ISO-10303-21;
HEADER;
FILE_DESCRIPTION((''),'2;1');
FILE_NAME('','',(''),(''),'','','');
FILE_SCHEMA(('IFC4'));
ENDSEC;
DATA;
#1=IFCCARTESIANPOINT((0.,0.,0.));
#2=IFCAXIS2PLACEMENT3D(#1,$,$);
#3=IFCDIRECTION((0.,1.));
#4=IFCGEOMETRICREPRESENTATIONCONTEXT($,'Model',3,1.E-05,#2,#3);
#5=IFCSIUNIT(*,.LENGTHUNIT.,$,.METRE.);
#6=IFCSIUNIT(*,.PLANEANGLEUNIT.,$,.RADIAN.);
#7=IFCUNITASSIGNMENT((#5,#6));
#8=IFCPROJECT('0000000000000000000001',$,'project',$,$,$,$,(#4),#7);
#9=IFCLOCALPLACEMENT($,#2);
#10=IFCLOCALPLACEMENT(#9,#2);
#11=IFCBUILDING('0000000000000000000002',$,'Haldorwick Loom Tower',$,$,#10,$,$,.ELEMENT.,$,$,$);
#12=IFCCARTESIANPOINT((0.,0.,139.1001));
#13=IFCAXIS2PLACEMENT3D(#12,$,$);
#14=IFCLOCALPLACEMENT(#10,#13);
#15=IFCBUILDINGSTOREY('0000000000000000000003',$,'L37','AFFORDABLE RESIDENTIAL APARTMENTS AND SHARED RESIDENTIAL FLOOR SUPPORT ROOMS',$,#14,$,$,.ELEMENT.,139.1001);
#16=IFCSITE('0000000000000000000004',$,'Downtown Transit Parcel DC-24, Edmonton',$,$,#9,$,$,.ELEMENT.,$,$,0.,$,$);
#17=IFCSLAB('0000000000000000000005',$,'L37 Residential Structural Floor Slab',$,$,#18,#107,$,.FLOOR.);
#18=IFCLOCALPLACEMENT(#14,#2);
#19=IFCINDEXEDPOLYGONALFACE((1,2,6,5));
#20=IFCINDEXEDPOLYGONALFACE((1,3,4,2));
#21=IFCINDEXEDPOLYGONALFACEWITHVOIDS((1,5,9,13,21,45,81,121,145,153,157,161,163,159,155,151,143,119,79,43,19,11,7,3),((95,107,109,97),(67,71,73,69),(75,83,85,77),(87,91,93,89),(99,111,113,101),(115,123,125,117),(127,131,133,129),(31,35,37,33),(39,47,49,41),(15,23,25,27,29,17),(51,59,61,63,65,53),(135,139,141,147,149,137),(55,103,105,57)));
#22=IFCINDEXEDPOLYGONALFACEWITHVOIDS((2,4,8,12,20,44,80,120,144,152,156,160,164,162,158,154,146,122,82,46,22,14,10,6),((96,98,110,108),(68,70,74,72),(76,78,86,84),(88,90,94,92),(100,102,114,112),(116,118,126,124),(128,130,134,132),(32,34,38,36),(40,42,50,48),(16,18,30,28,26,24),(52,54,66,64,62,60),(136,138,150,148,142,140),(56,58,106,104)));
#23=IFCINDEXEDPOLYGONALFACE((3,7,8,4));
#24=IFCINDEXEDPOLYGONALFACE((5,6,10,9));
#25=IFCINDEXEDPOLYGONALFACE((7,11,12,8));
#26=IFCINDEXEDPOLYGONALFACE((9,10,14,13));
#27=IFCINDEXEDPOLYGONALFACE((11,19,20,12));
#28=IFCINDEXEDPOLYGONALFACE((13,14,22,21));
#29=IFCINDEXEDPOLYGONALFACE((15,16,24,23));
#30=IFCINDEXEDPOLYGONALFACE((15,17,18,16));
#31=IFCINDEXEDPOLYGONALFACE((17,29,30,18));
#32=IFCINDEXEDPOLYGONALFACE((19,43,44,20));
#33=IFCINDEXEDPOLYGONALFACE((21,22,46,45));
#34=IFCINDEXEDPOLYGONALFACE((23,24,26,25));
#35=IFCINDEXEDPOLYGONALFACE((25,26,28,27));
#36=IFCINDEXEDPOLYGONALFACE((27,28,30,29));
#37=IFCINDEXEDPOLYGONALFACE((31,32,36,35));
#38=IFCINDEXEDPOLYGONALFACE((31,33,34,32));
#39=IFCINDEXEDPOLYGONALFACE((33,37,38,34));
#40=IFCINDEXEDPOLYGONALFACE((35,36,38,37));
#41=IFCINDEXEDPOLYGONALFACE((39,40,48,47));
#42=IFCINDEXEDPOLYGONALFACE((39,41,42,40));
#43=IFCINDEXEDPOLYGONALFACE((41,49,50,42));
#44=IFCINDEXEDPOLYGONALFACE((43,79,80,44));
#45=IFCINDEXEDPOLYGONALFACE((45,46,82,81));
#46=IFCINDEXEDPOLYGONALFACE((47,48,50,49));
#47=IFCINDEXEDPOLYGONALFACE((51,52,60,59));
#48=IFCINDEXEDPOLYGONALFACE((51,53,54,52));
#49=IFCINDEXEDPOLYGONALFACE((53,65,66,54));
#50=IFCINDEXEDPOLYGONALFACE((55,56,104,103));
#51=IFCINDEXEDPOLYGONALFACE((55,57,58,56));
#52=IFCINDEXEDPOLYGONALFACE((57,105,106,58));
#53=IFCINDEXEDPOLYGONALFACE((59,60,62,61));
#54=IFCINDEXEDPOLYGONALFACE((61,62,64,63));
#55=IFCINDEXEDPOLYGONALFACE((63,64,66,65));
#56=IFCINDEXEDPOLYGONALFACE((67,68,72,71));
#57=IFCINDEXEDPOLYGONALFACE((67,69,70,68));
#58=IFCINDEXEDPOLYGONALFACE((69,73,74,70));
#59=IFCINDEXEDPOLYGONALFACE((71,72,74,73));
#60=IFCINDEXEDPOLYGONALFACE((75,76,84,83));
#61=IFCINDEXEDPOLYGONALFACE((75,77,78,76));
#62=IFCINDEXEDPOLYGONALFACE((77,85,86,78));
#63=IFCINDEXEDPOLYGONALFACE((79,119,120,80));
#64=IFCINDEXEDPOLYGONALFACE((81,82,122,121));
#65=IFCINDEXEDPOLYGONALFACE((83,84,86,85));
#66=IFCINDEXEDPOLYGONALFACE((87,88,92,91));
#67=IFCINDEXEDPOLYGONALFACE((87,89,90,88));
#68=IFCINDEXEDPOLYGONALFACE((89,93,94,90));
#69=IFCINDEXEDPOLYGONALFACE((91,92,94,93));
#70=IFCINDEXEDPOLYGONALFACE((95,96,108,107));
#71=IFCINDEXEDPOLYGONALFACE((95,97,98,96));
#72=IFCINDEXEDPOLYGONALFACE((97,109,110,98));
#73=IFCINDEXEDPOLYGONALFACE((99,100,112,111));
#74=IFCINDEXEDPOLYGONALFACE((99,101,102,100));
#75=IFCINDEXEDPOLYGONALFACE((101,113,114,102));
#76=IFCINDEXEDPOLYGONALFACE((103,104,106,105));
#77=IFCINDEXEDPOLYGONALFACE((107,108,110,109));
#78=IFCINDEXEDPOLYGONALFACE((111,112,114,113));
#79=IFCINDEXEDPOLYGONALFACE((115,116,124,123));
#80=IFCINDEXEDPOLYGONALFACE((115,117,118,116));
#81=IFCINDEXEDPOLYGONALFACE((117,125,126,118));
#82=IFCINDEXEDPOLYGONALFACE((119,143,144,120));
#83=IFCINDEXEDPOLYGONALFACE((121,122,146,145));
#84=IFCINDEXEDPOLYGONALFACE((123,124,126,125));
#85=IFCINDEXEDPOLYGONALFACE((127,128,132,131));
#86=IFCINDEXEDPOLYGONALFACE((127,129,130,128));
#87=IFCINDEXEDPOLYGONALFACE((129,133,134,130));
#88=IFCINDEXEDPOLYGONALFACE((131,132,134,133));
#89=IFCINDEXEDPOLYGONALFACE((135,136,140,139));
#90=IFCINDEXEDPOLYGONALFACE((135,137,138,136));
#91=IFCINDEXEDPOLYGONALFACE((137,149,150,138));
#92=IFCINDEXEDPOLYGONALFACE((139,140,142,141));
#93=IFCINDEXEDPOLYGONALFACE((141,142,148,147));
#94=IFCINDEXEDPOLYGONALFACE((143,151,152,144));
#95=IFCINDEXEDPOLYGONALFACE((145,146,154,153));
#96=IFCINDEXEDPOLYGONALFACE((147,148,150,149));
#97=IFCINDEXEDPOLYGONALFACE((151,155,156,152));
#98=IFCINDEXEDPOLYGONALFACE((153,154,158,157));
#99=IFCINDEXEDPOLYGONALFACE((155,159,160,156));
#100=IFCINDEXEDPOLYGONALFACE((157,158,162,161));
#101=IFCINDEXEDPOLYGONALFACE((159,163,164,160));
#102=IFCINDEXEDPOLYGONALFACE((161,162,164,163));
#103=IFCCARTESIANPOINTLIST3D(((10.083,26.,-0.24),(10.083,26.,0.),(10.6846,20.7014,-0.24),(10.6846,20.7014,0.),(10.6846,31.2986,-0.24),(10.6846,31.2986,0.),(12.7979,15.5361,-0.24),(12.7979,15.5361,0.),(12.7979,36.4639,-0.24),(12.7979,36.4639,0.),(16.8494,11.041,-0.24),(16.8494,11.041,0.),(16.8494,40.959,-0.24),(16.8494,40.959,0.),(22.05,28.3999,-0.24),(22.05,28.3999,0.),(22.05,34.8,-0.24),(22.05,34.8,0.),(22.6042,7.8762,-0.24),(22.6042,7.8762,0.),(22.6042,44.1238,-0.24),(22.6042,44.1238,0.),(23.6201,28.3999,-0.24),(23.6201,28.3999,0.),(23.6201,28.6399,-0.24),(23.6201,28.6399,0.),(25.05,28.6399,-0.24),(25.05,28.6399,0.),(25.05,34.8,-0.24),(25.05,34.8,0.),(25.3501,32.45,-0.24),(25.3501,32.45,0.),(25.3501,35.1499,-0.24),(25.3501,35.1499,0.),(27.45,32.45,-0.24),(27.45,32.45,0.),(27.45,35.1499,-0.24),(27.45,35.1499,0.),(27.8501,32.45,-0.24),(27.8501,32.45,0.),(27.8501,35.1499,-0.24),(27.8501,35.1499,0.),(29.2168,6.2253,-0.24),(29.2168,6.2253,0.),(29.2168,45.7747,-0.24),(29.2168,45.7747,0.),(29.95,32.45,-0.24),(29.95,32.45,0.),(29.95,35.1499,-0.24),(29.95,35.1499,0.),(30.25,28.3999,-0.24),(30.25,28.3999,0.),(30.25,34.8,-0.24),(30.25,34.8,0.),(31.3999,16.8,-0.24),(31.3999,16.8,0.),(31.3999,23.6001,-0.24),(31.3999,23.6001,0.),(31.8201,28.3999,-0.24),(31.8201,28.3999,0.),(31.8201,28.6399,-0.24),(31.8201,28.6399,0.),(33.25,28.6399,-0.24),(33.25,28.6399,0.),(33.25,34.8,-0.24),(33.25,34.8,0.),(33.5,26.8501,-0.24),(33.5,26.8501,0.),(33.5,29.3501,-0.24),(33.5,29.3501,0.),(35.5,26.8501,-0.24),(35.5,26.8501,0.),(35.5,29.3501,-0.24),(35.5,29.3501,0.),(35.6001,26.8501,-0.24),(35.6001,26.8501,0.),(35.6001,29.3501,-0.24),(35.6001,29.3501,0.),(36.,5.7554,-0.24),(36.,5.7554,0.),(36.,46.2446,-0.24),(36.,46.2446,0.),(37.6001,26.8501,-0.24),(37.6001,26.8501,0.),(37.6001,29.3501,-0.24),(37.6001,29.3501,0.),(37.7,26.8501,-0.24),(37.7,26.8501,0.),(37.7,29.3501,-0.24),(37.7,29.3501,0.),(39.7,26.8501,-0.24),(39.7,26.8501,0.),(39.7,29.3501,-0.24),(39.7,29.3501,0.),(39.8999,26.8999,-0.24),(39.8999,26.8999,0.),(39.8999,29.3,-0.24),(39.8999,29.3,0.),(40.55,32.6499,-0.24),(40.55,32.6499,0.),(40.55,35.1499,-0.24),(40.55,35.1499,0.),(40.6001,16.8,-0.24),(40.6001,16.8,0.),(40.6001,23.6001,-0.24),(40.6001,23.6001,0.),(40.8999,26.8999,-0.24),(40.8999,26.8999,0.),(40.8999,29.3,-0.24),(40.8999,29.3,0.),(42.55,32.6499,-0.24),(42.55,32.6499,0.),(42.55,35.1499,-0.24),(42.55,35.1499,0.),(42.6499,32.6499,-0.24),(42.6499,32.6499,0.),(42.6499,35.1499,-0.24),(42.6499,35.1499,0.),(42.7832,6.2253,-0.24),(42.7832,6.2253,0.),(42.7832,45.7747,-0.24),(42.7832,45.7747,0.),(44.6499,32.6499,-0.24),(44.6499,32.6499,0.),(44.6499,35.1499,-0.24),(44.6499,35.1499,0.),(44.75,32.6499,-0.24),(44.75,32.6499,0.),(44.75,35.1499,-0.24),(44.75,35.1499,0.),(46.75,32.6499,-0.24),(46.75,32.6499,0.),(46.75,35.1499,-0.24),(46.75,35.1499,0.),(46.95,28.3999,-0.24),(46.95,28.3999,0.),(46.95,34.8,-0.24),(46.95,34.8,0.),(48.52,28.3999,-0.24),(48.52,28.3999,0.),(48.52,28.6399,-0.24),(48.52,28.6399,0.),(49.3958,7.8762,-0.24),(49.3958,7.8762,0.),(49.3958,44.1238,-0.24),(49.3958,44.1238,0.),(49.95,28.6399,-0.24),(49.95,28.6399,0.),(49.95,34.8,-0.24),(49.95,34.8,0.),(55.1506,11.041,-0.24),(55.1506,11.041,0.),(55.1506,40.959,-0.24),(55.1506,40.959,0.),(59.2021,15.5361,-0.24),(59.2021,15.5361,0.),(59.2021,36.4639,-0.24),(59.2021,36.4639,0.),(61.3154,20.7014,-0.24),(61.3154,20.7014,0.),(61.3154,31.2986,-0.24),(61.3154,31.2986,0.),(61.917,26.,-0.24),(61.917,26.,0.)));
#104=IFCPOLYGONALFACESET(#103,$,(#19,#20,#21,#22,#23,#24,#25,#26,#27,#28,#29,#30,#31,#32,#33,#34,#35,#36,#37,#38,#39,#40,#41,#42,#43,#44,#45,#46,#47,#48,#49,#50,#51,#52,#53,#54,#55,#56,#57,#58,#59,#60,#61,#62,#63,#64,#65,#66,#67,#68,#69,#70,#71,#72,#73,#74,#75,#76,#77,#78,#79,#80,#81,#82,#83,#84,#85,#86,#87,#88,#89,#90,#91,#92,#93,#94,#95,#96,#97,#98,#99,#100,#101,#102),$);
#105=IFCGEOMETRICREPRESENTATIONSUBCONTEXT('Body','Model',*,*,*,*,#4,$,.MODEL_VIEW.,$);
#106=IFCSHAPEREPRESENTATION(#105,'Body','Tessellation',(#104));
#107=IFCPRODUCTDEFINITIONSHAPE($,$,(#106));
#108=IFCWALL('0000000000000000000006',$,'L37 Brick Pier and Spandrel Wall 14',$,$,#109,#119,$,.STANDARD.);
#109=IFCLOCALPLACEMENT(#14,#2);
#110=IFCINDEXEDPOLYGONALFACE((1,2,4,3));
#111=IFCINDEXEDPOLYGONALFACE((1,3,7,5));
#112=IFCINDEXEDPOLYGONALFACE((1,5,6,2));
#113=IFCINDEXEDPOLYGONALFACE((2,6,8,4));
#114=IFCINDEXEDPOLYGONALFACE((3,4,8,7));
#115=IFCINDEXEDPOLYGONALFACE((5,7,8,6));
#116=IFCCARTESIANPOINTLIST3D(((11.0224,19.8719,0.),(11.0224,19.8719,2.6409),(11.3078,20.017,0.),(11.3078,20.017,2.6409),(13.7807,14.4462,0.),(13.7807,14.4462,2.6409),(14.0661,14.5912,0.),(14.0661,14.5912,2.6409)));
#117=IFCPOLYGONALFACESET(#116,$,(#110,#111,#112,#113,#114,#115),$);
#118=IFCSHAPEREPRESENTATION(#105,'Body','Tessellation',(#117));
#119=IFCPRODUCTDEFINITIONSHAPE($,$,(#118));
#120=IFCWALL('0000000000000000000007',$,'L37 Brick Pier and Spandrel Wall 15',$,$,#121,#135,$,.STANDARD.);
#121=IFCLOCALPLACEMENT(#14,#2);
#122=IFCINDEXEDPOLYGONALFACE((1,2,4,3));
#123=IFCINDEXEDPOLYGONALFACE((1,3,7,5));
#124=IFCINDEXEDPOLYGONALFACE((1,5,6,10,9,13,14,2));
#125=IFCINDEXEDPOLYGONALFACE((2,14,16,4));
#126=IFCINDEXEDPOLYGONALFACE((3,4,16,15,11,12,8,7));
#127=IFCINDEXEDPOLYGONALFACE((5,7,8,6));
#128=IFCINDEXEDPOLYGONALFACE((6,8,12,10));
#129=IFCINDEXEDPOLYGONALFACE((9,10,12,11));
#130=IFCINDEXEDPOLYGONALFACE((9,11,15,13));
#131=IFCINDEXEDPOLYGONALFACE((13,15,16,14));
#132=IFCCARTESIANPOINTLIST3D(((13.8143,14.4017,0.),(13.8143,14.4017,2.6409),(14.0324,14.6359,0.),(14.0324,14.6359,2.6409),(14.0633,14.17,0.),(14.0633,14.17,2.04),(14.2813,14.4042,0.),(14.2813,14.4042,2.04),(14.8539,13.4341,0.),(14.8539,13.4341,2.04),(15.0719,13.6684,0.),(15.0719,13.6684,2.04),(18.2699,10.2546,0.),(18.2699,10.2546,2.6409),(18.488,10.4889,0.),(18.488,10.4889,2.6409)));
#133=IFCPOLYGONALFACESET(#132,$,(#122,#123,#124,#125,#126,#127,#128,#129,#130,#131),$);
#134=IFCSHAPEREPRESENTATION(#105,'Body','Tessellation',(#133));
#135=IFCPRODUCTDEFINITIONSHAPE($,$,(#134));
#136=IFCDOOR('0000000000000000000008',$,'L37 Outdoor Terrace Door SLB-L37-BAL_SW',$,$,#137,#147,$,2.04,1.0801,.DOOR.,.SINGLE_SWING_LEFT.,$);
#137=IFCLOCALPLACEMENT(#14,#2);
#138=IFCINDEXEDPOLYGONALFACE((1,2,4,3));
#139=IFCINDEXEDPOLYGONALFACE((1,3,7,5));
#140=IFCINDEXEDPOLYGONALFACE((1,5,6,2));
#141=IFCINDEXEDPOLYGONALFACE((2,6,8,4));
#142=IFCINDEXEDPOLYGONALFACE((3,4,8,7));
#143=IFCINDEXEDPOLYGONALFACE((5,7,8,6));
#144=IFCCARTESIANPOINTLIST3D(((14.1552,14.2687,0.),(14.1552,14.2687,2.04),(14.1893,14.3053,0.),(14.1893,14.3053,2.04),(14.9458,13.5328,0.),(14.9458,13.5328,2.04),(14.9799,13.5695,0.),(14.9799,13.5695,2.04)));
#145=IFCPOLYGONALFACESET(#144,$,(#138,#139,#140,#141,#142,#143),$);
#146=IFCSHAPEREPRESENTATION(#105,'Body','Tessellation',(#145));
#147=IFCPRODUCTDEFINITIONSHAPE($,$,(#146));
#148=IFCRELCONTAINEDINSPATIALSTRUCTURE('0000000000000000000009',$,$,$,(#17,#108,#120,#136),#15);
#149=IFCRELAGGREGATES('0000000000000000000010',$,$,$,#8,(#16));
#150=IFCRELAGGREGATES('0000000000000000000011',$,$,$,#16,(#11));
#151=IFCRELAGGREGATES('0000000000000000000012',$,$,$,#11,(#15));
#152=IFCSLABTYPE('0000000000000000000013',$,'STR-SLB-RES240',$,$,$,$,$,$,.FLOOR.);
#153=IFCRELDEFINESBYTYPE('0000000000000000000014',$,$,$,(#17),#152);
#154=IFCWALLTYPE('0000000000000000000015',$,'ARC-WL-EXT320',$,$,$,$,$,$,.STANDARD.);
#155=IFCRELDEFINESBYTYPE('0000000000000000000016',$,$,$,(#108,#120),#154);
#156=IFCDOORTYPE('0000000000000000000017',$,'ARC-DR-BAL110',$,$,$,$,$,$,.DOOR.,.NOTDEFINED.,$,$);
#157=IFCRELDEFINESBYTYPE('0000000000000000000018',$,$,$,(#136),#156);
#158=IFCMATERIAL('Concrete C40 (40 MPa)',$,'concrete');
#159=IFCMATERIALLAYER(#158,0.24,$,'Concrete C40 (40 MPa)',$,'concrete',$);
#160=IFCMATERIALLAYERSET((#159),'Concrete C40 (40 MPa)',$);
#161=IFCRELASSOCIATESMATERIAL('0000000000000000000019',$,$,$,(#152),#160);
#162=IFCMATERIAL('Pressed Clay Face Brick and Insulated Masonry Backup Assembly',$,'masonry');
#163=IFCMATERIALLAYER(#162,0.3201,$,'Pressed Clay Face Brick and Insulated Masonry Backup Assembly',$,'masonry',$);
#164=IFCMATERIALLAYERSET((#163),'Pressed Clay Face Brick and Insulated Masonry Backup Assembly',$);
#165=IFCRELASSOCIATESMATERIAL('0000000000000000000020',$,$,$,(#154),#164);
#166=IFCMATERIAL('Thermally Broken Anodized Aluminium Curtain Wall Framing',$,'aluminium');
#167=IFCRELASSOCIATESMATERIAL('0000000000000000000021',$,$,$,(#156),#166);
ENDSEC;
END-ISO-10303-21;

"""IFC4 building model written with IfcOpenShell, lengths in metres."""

from ifc_helpers import new_model, si_unit, direction, frame, frame_2d, origin, place, context, subcontext, project, spatial, polyline, rectangle, outline, extrude, material, layer, layer_set, type_object, element, fill, save


model = new_model("IFC4")

# Units and contexts
model_context = context("Model", 3, precision=1e-05, world=origin(), true_north=direction((0.0, 1.0)))
body_context = subcontext(model_context, "Body", "Model", "MODEL_VIEW")
ifc_project = project(units=[si_unit("LENGTHUNIT", "METRE"), si_unit("PLANEANGLEUNIT", "RADIAN")], contexts=[model_context])

# Site, building, storey
site_placement = place(None, origin())
site = spatial("IfcSite", under=ifc_project, at=site_placement, Name="Downtown Transit Parcel DC-24, Edmonton", CompositionType="ELEMENT", RefElevation=0.0)
building_placement = place(site_placement, origin())
building = spatial("IfcBuilding", under=site, at=building_placement, Name="Haldorwick Loom Tower", CompositionType="ELEMENT")
storey_placement = place(building_placement, frame((0.0, 0.0, 139.1001)))
storey = spatial("IfcBuildingStorey", under=building, at=storey_placement, Name="L37", Description="AFFORDABLE RESIDENTIAL APARTMENTS AND SHARED RESIDENTIAL FLOOR SUPPORT ROOMS", CompositionType="ELEMENT", Elevation=139.1001)

# Shared definitions
ifc_material_1 = material(Name="Concrete C40 (40 MPa)", Category="concrete")

# Slab
ifc_layer_1 = layer(ifc_material_1, 0.24, Name="Concrete C40 (40 MPa)", Category="concrete")
ifc_layer_set_1 = layer_set([ifc_layer_1], Name="Concrete C40 (40 MPa)")
slab_type_1 = type_object("IfcSlabType", Name="STR-SLB-RES240", PredefinedType="FLOOR", material=ifc_layer_set_1)
slab_1_placement = place(storey_placement, frame((0.0, 0.0, -0.24)))
element("IfcSlab", 1, at=slab_1_placement, inside=storey, type_object=slab_type_1, Name="L37 Residential Structural Floor Slab", PredefinedType="FLOOR", context=body_context, shape_type="SweptSolid", body=[
    extrude(outline(polyline([(55.1506, 11.041), (59.2021, 15.5361), (61.3154, 20.7014), (61.917, 26.0), (61.3154, 31.2986), (59.2021, 36.4639), (55.1506, 40.959), (49.3958, 44.1238), (42.7832, 45.7747), (36.0, 46.2446), (29.2168, 45.7747), (22.6042, 44.1238), (16.8494, 40.959), (12.7979, 36.4639), (10.6846, 31.2986), (10.083, 26.0), (10.6846, 20.7014), (12.7979, 15.5361), (16.8494, 11.041), (22.6042, 7.8762), (29.2168, 6.2253), (36.0, 5.7554), (42.7832, 6.2253), (49.3958, 7.8762), (55.1506, 11.041)]), holes=[polyline([(31.3999, 16.8), (31.3999, 23.6001), (40.6001, 23.6001), (40.6001, 16.8), (31.3999, 16.8)]), polyline([(33.5, 26.8501), (33.5, 29.3501), (35.5, 29.3501), (35.5, 26.8501), (33.5, 26.8501)]), polyline([(35.6001, 26.8501), (35.6001, 29.3501), (37.6001, 29.3501), (37.6001, 26.8501), (35.6001, 26.8501)]), polyline([(23.6201, 28.3999), (22.05, 28.3999), (22.05, 34.8), (25.05, 34.8), (25.05, 28.6399), (23.6201, 28.6399), (23.6201, 28.3999)]), polyline([(30.25, 28.3999), (30.25, 34.8), (33.25, 34.8), (33.25, 28.6399), (31.8201, 28.6399), (31.8201, 28.3999), (30.25, 28.3999)]), polyline([(25.3501, 32.45), (25.3501, 35.1499), (27.45, 35.1499), (27.45, 32.45), (25.3501, 32.45)]), polyline([(29.95, 32.45), (27.8501, 32.45), (27.8501, 35.1499), (29.95, 35.1499), (29.95, 32.45)]), polyline([(37.7, 26.8501), (37.7, 29.3501), (39.7, 29.3501), (39.7, 26.8501), (37.7, 26.8501)]), polyline([(39.8999, 26.8999), (39.8999, 29.3), (40.8999, 29.3), (40.8999, 26.8999), (39.8999, 26.8999)]), polyline([(46.95, 28.3999), (46.95, 34.8), (49.95, 34.8), (49.95, 28.6399), (48.52, 28.6399), (48.52, 28.3999), (46.95, 28.3999)]), polyline([(40.55, 32.6499), (40.55, 35.1499), (42.55, 35.1499), (42.55, 32.6499), (40.55, 32.6499)]), polyline([(42.6499, 32.6499), (42.6499, 35.1499), (44.6499, 35.1499), (44.6499, 32.6499), (42.6499, 32.6499)]), polyline([(44.75, 32.6499), (44.75, 35.1499), (46.75, 35.1499), (46.75, 32.6499), (44.75, 32.6499)])]), origin(), (0.0, 0.0, 1.0), 0.24),
])

# Wall
ifc_material_2 = material(Name="Pressed Clay Face Brick and Insulated Masonry Backup Assembly", Category="masonry")
ifc_layer_2 = layer(ifc_material_2, 0.3201, Name="Pressed Clay Face Brick and Insulated Masonry Backup Assembly", Category="masonry")
ifc_layer_set_2 = layer_set([ifc_layer_2], Name="Pressed Clay Face Brick and Insulated Masonry Backup Assembly")
wall_type_1 = type_object("IfcWallType", Name="ARC-WL-EXT320", PredefinedType="STANDARD", material=ifc_layer_set_2)
wall_1_placement = place(storey_placement, frame((11.165, 19.9446, 0.0), z_axis=(0.0, 0.0, 1.0), x_axis=(0.453172, -0.891423, 0.0)))
element("IfcWall", 2, at=wall_1_placement, inside=storey, type_object=wall_type_1, Name="L37 Brick Pier and Spandrel Wall 14", PredefinedType="STANDARD", context=body_context, shape_type="SweptSolid", body=[
    extrude(rectangle(XDim=6.0867, YDim=0.3201, at=frame_2d((3.0435, 0.0))), origin(), (0.0, 0.0, 1.0), 2.6409),
])

# Wall, opening, door
wall_2_placement = place(storey_placement, frame((13.9233, 14.5188, 0.0), z_axis=(0.0, 0.0, 1.0), x_axis=(0.732002, -0.681303, 0.0)))
wall_2 = element("IfcWall", 3, at=wall_2_placement, inside=storey, type_object=wall_type_1, Name="L37 Brick Pier and Spandrel Wall 15", PredefinedType="STANDARD", context=body_context, shape_type="SweptSolid", body=[
    extrude(rectangle(XDim=6.0869, YDim=0.3201, at=frame_2d((3.0435, 0.0))), origin(), (0.0, 0.0, 1.0), 2.6409),
])
opening_1_placement = place(wall_2_placement, frame((0.3401, 0.0, 0.0)))
opening_1 = element("IfcOpeningElement", 4, at=opening_1_placement, cuts=wall_2, PredefinedType="OPENING", context=body_context, shape_type="SweptSolid", body=[
    extrude(rectangle(XDim=1.0801, YDim=2.04, at=frame_2d((0.54, 1.02))), frame((0.0, 0.1699, 0.0), z_axis=(0.0, -1.0, 0.0), x_axis=(1.0, 0.0, 0.0)), (0.0, 0.0, 1.0), 0.3401),
])
ifc_material_3 = material(Name="Thermally Broken Anodized Aluminium Curtain Wall Framing", Category="aluminium")
door_type = type_object("IfcDoorType", Name="ARC-DR-BAL110", OperationType="NOTDEFINED", PredefinedType="DOOR", material=ifc_material_3)
door_placement = place(opening_1_placement, origin())
door = element("IfcDoor", 5, at=door_placement, inside=storey, type_object=door_type, Name="L37 Outdoor Terrace Door SLB-L37-BAL_SW", OperationType="SINGLE_SWING_LEFT", OverallHeight=2.04, OverallWidth=1.0801, PredefinedType="DOOR", context=body_context, shape_type="SweptSolid", body=[
    extrude(rectangle(XDim=1.0801, YDim=2.04, at=frame_2d((0.54, 1.02))), frame((0.0, 0.0249, 0.0), z_axis=(0.0, -1.0, 0.0), x_axis=(1.0, 0.0, 0.0)), (0.0, 0.0, 1.0), 0.05),
])
fill(opening_1, door)

save(model, "model.ifc")
